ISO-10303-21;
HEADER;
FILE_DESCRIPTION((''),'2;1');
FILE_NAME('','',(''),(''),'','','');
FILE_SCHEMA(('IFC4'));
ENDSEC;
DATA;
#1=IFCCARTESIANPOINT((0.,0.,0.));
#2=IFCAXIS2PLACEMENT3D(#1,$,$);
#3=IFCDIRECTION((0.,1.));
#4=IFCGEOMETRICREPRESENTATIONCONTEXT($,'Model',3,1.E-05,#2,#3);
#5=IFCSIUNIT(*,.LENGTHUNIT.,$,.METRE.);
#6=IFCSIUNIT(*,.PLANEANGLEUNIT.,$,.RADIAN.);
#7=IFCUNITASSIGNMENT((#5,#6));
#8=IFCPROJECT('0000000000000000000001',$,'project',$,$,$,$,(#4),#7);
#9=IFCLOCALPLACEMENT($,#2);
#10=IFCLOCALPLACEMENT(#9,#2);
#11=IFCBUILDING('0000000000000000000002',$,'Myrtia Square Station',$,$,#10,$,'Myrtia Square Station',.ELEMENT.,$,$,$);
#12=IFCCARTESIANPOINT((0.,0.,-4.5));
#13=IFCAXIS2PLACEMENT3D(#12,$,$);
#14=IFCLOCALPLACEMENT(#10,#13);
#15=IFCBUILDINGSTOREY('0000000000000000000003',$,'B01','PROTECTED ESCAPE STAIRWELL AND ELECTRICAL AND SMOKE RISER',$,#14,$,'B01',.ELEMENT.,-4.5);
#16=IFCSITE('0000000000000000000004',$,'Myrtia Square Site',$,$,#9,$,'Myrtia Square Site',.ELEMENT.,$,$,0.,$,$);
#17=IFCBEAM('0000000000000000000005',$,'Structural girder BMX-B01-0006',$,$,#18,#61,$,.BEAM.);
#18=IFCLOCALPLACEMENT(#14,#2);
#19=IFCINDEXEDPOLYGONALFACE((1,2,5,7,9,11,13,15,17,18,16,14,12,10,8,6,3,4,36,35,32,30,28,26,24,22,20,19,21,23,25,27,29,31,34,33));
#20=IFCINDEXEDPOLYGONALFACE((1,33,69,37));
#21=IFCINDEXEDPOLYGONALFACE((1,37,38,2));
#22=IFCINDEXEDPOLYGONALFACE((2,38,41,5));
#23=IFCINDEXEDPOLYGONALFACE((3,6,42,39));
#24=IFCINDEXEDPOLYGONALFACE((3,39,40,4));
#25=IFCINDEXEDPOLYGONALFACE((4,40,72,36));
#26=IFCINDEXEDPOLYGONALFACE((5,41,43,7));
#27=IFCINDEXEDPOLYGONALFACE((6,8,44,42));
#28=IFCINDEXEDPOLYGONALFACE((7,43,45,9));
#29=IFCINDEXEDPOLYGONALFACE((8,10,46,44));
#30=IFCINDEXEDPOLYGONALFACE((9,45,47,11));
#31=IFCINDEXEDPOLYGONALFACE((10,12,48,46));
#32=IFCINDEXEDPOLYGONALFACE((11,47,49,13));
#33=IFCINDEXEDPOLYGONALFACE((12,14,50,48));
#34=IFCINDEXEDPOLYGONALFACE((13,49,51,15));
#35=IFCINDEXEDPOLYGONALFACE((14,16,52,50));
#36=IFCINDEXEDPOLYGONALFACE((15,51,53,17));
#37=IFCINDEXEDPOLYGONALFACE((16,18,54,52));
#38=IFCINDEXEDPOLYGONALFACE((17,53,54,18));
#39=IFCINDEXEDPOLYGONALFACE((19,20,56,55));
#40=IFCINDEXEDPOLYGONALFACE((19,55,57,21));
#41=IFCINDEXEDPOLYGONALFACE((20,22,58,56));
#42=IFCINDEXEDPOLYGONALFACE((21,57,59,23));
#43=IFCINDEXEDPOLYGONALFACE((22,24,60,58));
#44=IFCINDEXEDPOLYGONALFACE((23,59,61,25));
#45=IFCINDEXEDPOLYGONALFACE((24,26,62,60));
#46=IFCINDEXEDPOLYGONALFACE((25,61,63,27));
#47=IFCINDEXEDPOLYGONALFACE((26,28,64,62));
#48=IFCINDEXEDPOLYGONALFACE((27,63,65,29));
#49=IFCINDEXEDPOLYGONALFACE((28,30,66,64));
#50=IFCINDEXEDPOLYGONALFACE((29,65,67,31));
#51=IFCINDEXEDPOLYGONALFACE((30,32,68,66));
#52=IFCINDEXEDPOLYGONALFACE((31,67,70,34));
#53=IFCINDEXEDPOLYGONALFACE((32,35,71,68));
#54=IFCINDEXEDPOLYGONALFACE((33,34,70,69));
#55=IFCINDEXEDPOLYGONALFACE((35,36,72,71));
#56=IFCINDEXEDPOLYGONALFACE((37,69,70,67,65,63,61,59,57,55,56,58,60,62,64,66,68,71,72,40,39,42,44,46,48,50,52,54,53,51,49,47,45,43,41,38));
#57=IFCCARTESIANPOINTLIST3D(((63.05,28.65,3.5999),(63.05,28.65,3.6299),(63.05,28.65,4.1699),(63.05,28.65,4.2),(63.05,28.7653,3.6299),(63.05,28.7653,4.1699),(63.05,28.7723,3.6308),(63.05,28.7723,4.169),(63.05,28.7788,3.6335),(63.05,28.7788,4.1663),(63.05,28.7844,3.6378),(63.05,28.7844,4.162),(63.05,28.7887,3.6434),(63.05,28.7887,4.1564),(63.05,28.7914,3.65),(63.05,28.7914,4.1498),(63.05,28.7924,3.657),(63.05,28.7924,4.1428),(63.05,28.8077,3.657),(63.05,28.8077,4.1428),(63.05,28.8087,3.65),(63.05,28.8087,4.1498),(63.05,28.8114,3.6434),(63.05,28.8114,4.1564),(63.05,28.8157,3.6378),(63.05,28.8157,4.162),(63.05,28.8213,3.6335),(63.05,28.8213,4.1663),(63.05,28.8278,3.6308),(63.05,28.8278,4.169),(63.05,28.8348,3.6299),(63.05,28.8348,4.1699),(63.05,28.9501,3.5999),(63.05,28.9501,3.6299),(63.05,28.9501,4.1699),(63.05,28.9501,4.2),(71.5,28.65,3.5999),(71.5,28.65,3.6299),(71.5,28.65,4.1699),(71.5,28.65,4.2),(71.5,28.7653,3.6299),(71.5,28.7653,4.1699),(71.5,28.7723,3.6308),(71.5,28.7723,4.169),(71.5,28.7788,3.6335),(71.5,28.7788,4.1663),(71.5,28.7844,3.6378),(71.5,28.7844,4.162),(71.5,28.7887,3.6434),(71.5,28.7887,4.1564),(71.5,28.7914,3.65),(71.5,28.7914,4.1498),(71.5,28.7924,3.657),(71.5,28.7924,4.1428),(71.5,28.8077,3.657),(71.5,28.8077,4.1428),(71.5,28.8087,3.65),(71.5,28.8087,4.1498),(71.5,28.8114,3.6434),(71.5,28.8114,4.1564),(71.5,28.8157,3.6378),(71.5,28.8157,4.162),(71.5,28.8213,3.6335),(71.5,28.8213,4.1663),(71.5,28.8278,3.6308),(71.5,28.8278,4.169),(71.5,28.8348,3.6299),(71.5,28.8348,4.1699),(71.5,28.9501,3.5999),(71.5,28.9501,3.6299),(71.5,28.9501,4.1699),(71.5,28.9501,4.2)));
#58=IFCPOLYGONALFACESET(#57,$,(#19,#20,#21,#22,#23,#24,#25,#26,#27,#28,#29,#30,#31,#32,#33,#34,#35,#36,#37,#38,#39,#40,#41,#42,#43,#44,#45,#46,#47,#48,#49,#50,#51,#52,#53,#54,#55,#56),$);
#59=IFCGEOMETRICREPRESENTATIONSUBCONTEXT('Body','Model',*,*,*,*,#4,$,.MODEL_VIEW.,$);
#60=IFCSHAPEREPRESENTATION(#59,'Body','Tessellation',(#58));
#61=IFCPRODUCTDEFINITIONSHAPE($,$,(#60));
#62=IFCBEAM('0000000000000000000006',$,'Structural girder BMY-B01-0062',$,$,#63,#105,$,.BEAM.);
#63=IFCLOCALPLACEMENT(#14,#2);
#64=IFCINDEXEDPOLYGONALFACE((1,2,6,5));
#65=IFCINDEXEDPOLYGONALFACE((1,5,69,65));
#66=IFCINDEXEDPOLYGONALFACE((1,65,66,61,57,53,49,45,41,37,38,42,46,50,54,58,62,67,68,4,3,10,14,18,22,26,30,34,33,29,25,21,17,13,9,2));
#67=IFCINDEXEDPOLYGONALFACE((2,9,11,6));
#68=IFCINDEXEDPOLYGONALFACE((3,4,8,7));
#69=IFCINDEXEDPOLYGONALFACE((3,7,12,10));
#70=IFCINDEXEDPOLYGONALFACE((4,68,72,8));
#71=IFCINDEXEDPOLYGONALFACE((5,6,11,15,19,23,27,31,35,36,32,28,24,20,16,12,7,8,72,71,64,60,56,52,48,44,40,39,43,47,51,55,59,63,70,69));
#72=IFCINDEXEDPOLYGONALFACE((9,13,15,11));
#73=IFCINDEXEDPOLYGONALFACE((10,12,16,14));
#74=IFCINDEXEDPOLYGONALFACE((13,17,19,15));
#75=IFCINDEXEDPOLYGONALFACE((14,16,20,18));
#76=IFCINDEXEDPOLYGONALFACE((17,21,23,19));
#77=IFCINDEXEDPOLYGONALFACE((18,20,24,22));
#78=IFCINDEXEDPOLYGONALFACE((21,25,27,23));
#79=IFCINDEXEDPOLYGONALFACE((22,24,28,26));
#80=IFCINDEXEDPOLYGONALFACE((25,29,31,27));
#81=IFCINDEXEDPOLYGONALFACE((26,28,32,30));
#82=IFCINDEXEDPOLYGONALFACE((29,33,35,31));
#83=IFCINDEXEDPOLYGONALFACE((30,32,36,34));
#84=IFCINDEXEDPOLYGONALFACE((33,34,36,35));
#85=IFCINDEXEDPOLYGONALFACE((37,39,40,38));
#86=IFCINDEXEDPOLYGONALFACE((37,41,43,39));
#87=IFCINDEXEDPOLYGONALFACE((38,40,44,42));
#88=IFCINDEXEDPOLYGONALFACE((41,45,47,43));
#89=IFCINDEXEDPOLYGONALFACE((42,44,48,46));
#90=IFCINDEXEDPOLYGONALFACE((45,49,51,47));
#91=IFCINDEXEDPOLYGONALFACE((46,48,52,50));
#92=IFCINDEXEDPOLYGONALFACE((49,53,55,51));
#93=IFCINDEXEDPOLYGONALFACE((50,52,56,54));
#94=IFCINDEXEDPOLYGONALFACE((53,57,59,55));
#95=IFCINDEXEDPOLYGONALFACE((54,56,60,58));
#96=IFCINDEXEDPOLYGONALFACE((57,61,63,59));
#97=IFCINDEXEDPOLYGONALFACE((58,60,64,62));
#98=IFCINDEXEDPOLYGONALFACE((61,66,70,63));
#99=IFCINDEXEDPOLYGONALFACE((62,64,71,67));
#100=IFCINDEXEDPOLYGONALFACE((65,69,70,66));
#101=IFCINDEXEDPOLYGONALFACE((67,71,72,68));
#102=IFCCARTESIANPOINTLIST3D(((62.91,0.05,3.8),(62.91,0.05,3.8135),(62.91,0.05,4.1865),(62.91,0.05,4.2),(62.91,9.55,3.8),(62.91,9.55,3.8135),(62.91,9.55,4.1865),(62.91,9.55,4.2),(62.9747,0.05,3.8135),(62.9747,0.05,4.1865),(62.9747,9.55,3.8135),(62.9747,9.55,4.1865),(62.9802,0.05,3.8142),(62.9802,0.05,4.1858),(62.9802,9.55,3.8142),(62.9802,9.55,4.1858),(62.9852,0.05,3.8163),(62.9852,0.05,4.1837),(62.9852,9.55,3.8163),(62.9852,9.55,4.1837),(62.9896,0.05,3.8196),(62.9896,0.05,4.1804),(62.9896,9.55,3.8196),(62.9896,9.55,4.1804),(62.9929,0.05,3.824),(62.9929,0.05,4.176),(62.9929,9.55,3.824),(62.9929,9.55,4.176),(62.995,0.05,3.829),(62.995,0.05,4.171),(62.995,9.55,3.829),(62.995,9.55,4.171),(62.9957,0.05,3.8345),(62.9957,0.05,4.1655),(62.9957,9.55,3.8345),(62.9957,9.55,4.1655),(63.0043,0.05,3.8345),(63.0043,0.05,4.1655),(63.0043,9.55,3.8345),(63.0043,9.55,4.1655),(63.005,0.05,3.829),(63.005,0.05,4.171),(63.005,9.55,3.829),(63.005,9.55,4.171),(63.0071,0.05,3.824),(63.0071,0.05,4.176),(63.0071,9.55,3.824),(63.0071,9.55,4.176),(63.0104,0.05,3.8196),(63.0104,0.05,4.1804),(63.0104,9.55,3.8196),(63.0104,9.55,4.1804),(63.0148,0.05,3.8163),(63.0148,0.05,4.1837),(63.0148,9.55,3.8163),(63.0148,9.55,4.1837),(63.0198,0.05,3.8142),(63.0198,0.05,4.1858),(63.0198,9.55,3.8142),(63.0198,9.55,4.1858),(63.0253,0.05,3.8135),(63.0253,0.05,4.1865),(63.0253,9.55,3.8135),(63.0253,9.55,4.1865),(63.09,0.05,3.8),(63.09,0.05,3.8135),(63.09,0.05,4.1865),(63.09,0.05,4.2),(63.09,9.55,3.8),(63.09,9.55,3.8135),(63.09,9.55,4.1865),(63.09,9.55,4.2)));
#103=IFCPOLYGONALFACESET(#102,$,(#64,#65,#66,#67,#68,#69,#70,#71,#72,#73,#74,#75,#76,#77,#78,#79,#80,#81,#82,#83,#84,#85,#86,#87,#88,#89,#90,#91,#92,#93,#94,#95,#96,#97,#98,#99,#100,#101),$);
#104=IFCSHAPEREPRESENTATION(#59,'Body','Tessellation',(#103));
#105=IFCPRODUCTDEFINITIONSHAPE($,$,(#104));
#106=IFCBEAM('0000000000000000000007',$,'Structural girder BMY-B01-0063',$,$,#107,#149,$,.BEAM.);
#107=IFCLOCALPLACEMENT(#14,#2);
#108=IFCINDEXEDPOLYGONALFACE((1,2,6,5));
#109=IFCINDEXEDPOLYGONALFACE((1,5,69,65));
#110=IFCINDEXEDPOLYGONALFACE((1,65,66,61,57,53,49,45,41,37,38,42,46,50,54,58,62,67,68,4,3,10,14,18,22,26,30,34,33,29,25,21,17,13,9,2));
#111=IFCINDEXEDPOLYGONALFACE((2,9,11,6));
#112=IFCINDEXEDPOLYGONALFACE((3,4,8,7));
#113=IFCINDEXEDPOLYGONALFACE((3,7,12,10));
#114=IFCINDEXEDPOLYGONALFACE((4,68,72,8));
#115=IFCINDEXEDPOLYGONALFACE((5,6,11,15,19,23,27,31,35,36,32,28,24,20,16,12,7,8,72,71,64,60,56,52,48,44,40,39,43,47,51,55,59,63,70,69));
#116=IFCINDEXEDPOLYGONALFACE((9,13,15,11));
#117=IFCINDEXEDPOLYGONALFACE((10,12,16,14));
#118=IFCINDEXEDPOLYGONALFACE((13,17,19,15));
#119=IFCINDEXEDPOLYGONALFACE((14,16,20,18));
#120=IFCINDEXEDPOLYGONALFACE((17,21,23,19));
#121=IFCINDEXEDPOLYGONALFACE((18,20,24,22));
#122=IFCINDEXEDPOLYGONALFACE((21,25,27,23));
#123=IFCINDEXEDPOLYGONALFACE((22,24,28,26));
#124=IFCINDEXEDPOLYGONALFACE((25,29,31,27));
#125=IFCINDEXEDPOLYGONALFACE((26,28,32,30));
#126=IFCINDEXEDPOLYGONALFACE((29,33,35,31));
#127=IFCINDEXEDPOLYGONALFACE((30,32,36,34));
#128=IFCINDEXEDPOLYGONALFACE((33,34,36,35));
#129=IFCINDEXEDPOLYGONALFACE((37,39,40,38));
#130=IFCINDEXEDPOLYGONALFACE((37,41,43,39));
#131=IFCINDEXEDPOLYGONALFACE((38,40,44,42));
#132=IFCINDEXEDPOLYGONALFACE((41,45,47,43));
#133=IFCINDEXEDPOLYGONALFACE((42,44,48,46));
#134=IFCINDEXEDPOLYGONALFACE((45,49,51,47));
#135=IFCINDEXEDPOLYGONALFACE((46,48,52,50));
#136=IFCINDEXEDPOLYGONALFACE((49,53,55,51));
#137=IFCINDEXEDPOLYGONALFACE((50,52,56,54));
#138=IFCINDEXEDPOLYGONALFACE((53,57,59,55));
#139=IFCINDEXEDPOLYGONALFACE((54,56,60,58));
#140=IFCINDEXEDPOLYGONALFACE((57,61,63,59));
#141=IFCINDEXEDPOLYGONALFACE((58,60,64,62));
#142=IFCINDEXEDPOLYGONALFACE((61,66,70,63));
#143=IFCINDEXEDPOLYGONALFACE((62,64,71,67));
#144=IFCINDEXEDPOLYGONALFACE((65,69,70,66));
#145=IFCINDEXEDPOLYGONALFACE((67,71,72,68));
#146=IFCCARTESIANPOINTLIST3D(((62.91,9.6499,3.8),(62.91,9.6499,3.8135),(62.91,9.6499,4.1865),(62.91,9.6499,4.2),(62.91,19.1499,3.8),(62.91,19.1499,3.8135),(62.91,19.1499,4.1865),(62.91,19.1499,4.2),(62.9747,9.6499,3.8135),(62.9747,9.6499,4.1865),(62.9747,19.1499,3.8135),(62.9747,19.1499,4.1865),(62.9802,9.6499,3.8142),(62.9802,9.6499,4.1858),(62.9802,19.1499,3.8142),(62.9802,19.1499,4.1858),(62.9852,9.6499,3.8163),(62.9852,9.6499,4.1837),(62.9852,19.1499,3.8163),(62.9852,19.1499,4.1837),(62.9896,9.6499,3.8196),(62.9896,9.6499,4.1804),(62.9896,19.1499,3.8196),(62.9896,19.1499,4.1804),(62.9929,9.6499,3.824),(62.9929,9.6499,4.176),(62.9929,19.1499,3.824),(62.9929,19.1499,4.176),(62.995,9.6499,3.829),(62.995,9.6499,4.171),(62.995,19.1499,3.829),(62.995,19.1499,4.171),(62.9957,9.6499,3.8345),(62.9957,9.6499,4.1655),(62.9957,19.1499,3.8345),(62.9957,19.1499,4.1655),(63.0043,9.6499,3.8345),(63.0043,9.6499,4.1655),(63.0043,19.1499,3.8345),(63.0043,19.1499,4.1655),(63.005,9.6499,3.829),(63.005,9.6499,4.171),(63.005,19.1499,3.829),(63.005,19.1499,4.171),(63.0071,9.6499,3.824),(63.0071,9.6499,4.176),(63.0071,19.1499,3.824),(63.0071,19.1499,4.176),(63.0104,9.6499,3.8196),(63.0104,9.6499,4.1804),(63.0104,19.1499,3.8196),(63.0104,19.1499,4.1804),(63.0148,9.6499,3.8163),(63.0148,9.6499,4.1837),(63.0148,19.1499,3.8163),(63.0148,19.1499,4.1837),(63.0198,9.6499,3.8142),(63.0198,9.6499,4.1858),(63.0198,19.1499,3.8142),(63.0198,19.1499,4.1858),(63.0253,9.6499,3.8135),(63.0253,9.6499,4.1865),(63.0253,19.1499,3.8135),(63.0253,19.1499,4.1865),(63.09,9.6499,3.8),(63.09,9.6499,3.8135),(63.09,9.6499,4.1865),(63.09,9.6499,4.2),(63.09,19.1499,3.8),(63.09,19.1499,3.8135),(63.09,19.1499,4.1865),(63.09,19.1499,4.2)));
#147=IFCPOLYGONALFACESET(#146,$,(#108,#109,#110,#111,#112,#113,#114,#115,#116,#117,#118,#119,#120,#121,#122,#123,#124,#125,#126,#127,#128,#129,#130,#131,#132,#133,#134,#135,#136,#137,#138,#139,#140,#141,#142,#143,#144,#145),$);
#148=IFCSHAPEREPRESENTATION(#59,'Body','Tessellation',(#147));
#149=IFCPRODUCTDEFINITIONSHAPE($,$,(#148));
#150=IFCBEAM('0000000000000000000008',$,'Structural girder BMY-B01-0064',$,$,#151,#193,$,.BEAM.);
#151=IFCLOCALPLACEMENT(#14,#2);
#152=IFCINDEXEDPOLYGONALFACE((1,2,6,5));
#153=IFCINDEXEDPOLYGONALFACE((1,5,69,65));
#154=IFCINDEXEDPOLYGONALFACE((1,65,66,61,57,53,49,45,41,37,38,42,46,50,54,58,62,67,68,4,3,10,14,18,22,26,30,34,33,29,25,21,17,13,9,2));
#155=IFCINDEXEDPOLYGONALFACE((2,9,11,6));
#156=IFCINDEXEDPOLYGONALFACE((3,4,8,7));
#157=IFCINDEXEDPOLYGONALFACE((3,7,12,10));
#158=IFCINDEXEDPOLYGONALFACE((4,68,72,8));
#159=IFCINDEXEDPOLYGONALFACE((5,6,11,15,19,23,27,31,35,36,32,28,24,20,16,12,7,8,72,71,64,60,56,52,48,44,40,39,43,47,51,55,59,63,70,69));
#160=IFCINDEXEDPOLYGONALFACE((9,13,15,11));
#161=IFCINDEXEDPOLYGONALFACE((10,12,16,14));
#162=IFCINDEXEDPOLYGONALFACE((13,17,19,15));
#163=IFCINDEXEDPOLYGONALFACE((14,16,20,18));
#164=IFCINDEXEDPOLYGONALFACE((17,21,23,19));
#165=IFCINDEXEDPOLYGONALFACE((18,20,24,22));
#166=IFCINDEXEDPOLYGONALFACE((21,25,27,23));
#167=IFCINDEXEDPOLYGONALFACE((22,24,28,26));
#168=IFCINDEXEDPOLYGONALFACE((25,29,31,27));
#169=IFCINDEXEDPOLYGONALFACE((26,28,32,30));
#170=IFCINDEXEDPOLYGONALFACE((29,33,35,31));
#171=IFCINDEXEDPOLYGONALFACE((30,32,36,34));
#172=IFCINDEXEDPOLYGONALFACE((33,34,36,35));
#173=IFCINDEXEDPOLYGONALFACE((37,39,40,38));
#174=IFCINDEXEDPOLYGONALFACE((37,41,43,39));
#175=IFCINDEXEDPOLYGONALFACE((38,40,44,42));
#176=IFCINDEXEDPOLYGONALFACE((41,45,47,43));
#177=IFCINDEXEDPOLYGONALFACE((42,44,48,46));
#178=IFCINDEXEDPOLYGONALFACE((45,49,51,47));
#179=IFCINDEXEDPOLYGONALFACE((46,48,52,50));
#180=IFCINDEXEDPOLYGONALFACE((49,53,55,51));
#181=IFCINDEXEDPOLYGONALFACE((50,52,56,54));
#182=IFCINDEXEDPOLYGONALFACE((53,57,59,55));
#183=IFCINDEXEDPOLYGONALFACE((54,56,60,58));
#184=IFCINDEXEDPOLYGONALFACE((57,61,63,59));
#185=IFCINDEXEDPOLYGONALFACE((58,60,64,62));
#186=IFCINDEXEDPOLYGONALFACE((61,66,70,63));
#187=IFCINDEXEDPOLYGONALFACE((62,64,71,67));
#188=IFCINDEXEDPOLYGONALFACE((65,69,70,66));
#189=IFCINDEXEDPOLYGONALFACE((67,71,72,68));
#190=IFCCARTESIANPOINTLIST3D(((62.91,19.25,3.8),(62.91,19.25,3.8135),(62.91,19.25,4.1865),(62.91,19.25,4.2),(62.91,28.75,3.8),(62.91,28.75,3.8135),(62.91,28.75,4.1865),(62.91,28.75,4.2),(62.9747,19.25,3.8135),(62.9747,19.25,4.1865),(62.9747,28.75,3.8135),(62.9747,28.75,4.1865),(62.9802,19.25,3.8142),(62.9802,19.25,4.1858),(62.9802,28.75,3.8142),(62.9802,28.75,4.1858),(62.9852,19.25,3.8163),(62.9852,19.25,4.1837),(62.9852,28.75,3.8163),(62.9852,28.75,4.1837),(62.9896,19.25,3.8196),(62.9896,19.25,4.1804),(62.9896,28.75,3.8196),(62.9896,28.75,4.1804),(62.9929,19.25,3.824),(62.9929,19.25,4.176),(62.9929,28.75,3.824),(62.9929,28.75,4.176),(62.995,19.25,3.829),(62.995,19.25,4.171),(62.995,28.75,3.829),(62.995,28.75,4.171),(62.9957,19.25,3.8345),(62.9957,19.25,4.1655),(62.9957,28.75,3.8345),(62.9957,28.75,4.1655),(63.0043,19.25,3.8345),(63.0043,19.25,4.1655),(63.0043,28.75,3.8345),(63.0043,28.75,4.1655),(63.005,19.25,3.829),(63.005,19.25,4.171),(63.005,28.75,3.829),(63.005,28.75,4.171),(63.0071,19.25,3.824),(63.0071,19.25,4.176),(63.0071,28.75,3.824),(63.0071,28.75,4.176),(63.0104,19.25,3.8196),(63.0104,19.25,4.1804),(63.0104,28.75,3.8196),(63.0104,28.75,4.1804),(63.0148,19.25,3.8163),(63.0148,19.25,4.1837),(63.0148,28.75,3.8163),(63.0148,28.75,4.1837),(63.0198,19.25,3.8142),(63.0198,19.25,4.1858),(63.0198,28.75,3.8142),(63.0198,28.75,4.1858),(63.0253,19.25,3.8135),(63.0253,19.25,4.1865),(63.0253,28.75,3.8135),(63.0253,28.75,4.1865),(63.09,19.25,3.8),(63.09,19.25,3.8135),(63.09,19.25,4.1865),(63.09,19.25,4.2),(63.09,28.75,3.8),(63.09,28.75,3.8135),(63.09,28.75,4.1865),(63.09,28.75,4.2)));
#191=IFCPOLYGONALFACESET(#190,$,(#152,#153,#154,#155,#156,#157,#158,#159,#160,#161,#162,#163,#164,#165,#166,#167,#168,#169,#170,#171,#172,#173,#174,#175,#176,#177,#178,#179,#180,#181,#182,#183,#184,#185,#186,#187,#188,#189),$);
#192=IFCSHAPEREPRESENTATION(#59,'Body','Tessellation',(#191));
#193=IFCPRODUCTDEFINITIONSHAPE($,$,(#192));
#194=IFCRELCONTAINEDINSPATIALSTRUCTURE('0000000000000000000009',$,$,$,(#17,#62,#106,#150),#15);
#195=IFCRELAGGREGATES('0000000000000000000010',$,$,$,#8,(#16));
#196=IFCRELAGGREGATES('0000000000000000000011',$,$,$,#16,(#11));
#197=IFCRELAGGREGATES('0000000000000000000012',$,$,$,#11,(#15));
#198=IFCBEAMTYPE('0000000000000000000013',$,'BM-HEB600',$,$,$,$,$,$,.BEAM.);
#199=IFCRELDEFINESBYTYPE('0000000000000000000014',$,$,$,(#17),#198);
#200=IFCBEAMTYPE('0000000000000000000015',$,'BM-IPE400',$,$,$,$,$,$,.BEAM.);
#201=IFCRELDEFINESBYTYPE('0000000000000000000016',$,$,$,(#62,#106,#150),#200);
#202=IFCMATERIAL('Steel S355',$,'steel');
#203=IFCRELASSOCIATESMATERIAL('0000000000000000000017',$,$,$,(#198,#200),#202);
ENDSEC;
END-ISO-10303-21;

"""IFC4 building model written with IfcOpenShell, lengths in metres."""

from ifc_helpers import new_model, si_unit, direction, frame, origin, origin_2d, place, context, subcontext, project, spatial, i_section, extrude, material, material_profile, profile_set, type_object, element, save


model = new_model("IFC4")

# Units and contexts
model_context = context("Model", 3, precision=1e-05, world=origin(), true_north=direction((0.0, 1.0)))
body_context = subcontext(model_context, "Body", "Model", "MODEL_VIEW")
ifc_project = project(units=[si_unit("LENGTHUNIT", "METRE"), si_unit("PLANEANGLEUNIT", "RADIAN")], contexts=[model_context])

# Site, building, storey
site_placement = place(None, origin())
site = spatial("IfcSite", under=ifc_project, at=site_placement, Name="Myrtia Square Site", LongName="Myrtia Square Site", CompositionType="ELEMENT", RefElevation=0.0)
building_placement = place(site_placement, origin())
building = spatial("IfcBuilding", under=site, at=building_placement, Name="Myrtia Square Station", LongName="Myrtia Square Station", CompositionType="ELEMENT")
storey_placement = place(building_placement, frame((0.0, 0.0, -4.5)))
storey = spatial("IfcBuildingStorey", under=building, at=storey_placement, Name="B01", Description="PROTECTED ESCAPE STAIRWELL AND ELECTRICAL AND SMOKE RISER", LongName="B01", CompositionType="ELEMENT", Elevation=-4.5)

# Beams
ifc_material_1 = material(Name="Steel S355", Category="steel")
ifc_material_profile_1 = material_profile(ifc_material_1, i_section(OverallWidth=0.3, OverallDepth=0.6001, WebThickness=0.0154, FlangeThickness=0.03, FilletRadius=0.0271, at=origin_2d()), Name="HEB 600")
ifc_profile_set_1 = profile_set([ifc_material_profile_1], Name="Steel S355")
beam_type_1 = type_object("IfcBeamType", Name="BM-HEB600", PredefinedType="BEAM", material=ifc_profile_set_1)
for number, where, z_axis, x_axis, name in (
    (1, (63.05, 28.8, 3.8999), (1.0, 0.0, 0.0), (0.0, 1.0, 0.0), "Structural girder BMX-B01-0006"),
):
    element("IfcBeam", number, at=place(storey_placement, frame(where, z_axis=z_axis, x_axis=x_axis)), inside=storey, type_object=beam_type_1, Name=name, PredefinedType="BEAM", context=body_context, shape_type="SweptSolid", body=[
        extrude(i_section(OverallWidth=0.3, OverallDepth=0.6001, WebThickness=0.0154, FlangeThickness=0.03, FilletRadius=0.0271, at=origin_2d()), origin(), (0.0, 0.0, 1.0), 8.45),
    ])
ifc_material_profile_2 = material_profile(ifc_material_1, i_section(OverallWidth=0.1799, OverallDepth=0.3999, WebThickness=0.0085, FlangeThickness=0.0134, FilletRadius=0.021, at=origin_2d()), Name="IPE 400")
ifc_profile_set_2 = profile_set([ifc_material_profile_2], Name="Steel S355")
beam_type_2 = type_object("IfcBeamType", Name="BM-IPE400", PredefinedType="BEAM", material=ifc_profile_set_2)
for number, where, z_axis, x_axis, name in (
    (2, (63.0, 0.05, 4.0), (0.0, 1.0, 0.0), (-1.0, 0.0, 0.0), "Structural girder BMY-B01-0062"),
    (3, (63.0, 9.6499, 4.0), (0.0, 1.0, 0.0), (-1.0, 0.0, 0.0), "Structural girder BMY-B01-0063"),
    (4, (63.0, 19.25, 4.0), (0.0, 1.0, 0.0), (-1.0, 0.0, 0.0), "Structural girder BMY-B01-0064"),
):
    element("IfcBeam", number, at=place(storey_placement, frame(where, z_axis=z_axis, x_axis=x_axis)), inside=storey, type_object=beam_type_2, Name=name, PredefinedType="BEAM", context=body_context, shape_type="SweptSolid", body=[
        extrude(i_section(OverallWidth=0.1799, OverallDepth=0.3999, WebThickness=0.0085, FlangeThickness=0.0134, FilletRadius=0.021, at=origin_2d()), origin(), (0.0, 0.0, 1.0), 9.5),
    ])

save(model, "model.ifc")
